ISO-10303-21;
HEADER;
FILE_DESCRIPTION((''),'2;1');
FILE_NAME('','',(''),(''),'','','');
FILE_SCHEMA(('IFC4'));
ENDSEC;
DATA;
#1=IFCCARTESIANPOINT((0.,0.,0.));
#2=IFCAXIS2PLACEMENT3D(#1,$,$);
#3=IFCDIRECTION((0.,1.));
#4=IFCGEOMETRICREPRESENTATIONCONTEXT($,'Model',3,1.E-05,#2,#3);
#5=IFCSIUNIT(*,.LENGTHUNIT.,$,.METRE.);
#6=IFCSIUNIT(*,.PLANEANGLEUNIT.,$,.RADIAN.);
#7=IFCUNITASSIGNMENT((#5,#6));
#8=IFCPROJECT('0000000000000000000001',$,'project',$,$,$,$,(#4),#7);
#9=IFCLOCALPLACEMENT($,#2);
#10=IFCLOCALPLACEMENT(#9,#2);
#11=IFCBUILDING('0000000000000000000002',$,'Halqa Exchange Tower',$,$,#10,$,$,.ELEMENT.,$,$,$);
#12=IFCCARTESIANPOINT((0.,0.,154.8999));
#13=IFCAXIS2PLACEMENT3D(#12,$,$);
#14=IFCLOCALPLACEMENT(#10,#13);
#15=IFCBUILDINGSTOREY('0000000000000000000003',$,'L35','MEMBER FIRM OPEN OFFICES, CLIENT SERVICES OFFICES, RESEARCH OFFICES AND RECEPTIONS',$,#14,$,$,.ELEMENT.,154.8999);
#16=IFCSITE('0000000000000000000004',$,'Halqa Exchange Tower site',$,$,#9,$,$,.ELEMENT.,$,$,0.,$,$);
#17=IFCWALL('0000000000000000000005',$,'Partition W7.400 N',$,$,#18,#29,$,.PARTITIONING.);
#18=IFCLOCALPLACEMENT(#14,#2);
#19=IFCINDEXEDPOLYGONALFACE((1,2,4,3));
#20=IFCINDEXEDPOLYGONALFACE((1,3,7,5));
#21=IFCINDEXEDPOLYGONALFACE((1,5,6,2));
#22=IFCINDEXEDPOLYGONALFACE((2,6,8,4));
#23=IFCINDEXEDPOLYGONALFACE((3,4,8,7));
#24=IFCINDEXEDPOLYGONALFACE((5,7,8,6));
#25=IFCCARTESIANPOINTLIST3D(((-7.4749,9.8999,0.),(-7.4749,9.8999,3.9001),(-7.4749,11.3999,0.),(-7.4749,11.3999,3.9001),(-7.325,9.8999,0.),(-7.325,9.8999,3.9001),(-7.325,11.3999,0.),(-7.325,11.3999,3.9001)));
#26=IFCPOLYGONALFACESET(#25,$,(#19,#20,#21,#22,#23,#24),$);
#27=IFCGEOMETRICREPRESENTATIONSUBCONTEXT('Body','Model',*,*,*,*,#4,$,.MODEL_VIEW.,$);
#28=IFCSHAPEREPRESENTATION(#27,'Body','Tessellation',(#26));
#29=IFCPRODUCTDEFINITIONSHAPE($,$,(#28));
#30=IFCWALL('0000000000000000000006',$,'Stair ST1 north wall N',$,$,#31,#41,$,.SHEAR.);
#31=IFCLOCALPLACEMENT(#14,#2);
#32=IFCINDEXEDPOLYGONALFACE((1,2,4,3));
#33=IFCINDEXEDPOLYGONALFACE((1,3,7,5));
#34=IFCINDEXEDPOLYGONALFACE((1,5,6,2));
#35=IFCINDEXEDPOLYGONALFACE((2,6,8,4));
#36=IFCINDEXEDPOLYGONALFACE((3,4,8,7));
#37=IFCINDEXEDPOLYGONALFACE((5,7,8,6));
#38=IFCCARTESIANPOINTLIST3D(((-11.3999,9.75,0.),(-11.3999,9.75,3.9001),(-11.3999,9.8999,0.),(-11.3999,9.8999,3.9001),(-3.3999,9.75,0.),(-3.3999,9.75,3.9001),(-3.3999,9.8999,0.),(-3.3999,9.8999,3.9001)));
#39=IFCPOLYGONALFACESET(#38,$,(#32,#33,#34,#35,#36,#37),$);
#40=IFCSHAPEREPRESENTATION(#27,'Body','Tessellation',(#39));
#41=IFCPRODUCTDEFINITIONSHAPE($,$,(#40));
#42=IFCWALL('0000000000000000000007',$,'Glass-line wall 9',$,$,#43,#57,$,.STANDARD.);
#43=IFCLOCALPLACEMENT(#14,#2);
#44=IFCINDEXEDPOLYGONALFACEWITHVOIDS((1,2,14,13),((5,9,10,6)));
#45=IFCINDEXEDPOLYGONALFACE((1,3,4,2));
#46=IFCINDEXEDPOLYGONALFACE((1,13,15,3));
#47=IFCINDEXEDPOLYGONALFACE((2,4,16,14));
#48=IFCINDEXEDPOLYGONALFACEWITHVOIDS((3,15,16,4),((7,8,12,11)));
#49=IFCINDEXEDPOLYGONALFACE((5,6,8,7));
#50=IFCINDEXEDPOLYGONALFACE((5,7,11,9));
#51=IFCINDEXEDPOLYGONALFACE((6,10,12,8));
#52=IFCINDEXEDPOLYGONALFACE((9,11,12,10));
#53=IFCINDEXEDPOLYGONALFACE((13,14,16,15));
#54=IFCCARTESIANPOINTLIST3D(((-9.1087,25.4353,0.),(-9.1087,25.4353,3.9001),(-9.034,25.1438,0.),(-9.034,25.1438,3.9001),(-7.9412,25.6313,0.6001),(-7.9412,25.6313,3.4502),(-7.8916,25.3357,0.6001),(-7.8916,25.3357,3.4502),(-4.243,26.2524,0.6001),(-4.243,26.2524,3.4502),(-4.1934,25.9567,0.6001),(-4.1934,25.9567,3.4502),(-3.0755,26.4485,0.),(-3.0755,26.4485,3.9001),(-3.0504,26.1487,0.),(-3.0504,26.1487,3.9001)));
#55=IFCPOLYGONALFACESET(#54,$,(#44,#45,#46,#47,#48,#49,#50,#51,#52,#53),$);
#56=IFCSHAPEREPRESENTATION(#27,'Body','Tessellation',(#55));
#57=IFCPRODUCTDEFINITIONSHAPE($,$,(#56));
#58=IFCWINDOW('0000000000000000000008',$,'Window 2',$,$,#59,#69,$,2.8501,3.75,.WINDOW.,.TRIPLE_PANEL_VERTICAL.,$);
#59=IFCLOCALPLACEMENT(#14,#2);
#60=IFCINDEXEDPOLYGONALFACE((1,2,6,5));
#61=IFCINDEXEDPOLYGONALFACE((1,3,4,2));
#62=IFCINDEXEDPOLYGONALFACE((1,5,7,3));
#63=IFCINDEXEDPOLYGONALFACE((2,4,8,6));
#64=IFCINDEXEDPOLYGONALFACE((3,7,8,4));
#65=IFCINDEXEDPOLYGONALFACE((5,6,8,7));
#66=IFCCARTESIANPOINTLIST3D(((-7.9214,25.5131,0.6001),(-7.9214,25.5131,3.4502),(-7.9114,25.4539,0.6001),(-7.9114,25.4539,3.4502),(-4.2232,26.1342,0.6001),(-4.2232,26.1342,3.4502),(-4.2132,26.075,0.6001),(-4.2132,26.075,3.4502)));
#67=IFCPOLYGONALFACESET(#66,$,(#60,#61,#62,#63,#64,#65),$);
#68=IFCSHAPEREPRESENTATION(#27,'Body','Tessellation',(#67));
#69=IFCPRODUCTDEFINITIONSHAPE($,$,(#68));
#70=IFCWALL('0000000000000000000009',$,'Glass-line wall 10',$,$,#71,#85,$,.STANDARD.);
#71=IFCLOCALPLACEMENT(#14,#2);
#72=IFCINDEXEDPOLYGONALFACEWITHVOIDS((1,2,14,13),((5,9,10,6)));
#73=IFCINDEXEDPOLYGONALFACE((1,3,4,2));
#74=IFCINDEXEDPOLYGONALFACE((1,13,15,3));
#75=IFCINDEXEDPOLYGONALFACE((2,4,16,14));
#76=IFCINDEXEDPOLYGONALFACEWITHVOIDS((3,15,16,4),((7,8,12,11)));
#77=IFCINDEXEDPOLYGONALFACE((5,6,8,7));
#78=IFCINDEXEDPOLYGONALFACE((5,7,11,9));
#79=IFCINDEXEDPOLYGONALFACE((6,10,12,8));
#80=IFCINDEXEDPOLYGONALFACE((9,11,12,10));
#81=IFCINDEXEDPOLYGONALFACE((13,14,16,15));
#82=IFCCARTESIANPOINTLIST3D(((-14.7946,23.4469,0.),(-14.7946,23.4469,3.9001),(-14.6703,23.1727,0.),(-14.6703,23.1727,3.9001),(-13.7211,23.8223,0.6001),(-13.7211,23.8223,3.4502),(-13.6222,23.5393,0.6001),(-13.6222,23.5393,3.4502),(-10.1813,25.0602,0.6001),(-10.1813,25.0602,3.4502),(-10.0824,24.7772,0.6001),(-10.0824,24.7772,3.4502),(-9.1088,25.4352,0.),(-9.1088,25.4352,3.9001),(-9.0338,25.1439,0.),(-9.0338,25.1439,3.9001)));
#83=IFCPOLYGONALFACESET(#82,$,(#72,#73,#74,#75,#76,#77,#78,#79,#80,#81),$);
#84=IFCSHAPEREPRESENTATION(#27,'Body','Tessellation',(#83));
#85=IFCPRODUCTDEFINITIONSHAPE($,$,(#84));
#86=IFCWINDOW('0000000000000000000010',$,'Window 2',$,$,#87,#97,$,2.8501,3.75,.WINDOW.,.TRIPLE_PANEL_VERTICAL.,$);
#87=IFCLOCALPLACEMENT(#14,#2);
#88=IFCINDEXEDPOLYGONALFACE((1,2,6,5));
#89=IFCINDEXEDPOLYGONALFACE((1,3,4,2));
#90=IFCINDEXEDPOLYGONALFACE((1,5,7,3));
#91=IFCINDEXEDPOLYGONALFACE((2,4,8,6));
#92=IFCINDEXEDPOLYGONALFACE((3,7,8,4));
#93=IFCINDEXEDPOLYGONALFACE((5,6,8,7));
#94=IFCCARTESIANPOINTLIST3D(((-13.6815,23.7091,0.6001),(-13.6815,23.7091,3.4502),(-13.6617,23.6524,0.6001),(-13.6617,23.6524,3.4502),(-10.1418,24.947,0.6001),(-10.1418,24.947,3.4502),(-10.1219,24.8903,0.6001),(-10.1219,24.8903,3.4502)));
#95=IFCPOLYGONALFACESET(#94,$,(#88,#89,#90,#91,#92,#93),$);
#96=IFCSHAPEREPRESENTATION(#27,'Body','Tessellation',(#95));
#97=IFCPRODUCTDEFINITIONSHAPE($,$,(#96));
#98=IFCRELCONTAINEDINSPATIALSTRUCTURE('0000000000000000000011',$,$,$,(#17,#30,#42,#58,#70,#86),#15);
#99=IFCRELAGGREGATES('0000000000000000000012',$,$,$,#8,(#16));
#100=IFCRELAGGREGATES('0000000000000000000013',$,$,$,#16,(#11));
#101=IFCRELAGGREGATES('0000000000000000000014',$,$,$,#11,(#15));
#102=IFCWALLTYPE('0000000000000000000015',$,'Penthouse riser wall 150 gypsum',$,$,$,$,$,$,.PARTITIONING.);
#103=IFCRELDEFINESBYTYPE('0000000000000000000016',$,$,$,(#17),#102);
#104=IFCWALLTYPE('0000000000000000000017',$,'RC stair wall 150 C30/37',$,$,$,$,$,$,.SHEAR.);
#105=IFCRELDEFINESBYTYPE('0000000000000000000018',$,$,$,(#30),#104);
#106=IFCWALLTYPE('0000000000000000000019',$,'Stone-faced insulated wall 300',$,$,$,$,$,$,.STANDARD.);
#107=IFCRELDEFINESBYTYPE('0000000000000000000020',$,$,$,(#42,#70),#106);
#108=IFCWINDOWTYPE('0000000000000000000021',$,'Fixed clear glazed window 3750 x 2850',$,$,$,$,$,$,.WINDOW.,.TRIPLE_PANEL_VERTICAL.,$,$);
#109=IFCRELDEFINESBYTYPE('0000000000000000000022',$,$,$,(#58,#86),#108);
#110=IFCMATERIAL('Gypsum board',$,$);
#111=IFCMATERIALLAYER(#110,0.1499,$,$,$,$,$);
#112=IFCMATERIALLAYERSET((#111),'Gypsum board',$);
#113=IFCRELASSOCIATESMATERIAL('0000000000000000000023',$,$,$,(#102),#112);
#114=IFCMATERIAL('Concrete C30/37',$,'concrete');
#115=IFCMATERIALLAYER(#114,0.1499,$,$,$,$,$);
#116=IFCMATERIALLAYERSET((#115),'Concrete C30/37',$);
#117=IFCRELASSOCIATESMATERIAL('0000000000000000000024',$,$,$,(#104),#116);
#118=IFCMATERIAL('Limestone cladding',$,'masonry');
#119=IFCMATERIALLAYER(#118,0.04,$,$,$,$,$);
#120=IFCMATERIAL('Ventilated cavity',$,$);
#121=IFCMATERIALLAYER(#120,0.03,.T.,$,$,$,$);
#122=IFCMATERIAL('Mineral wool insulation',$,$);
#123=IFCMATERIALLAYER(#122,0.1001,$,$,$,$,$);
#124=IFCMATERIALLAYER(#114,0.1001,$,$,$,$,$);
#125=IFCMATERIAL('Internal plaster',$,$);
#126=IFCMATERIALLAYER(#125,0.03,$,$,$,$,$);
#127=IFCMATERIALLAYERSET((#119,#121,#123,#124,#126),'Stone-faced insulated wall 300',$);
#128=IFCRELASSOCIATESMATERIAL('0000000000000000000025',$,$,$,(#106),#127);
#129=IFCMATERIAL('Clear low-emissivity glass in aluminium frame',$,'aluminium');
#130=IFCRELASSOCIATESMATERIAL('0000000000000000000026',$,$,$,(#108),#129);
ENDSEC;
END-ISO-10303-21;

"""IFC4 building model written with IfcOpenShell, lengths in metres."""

from ifc_helpers import new_model, si_unit, direction, frame, frame_2d, origin, place, context, subcontext, project, spatial, polyline, rectangle, outline, extrude, material, layer, layer_set, type_object, element, fill, save


model = new_model("IFC4")

# Units and contexts
model_context = context("Model", 3, precision=1e-05, world=origin(), true_north=direction((0.0, 1.0)))
body_context = subcontext(model_context, "Body", "Model", "MODEL_VIEW")
ifc_project = project(units=[si_unit("LENGTHUNIT", "METRE"), si_unit("PLANEANGLEUNIT", "RADIAN")], contexts=[model_context])

# Site, building, storey
site_placement = place(None, origin())
site = spatial("IfcSite", under=ifc_project, at=site_placement, Name="Halqa Exchange Tower site", CompositionType="ELEMENT", RefElevation=0.0)
building_placement = place(site_placement, origin())
building = spatial("IfcBuilding", under=site, at=building_placement, Name="Halqa Exchange Tower", CompositionType="ELEMENT")
storey_placement = place(building_placement, frame((0.0, 0.0, 154.8999)))
storey = spatial("IfcBuildingStorey", under=building, at=storey_placement, Name="L35", Description="MEMBER FIRM OPEN OFFICES, CLIENT SERVICES OFFICES, RESEARCH OFFICES AND RECEPTIONS", CompositionType="ELEMENT", Elevation=154.8999)

# Shared definitions
ifc_material_1 = material(Name="Gypsum board")

# Walls
ifc_layer_1 = layer(ifc_material_1, 0.1499)
ifc_layer_set_1 = layer_set([ifc_layer_1], Name="Gypsum board")
wall_type_1 = type_object("IfcWallType", Name="Penthouse riser wall 150 gypsum", PredefinedType="PARTITIONING", material=ifc_layer_set_1)
wall_1_placement = place(storey_placement, frame((-7.3999, 9.8999, 0.0), z_axis=(0.0, 0.0, 1.0), x_axis=(0.0, 1.0, 0.0)))
element("IfcWall", 1, at=wall_1_placement, inside=storey, type_object=wall_type_1, Name="Partition W7.400 N", PredefinedType="PARTITIONING", context=body_context, shape_type="SweptSolid", body=[
    extrude(rectangle(XDim=1.5, YDim=0.1499, at=frame_2d((0.75, 0.0))), origin(), (0.0, 0.0, 1.0), 3.9001),
])
ifc_material_2 = material(Name="Concrete C30/37", Category="concrete")
ifc_layer_2 = layer(ifc_material_2, 0.1499)
ifc_layer_set_2 = layer_set([ifc_layer_2], Name="Concrete C30/37")
wall_type_2 = type_object("IfcWallType", Name="RC stair wall 150 C30/37", PredefinedType="SHEAR", material=ifc_layer_set_2)
wall_2_placement = place(storey_placement, frame((-11.3999, 9.825, 0.0), z_axis=(0.0, 0.0, 1.0), x_axis=(1.0, 0.0, 0.0)))
element("IfcWall", 2, at=wall_2_placement, inside=storey, type_object=wall_type_2, Name="Stair ST1 north wall N", PredefinedType="SHEAR", context=body_context, shape_type="SweptSolid", body=[
    extrude(rectangle(XDim=8.0, YDim=0.1499, at=frame_2d((4.0, 0.0))), origin(), (0.0, 0.0, 1.0), 3.9001),
])

# Walls, openings, windows
ifc_material_3 = material(Name="Limestone cladding", Category="masonry")
ifc_layer_3 = layer(ifc_material_3, 0.04)
ifc_material_4 = material(Name="Ventilated cavity")
ifc_layer_4 = layer(ifc_material_4, 0.03, ventilated=True)
ifc_material_5 = material(Name="Mineral wool insulation")
ifc_layer_5 = layer(ifc_material_5, 0.1001)
ifc_layer_6 = layer(ifc_material_2, 0.1001)
ifc_material_6 = material(Name="Internal plaster")
ifc_layer_7 = layer(ifc_material_6, 0.03)
ifc_layer_set_3 = layer_set([ifc_layer_3, ifc_layer_4, ifc_layer_5, ifc_layer_6, ifc_layer_7], Name="Stone-faced insulated wall 300")
wall_type_3 = type_object("IfcWallType", Name="Stone-faced insulated wall 300", PredefinedType="STANDARD", material=ifc_layer_set_3)
wall_3_placement = place(storey_placement, frame((-3.063, 26.2986, 0.0), z_axis=(0.0, 0.0, 1.0), x_axis=(-0.98619, -0.165621, 0.0)))
wall_3 = element("IfcWall", 3, at=wall_3_placement, inside=storey, type_object=wall_type_3, Name="Glass-line wall 9", PredefinedType="STANDARD", context=body_context, shape_type="SweptSolid", body=[
    extrude(outline(polyline([(-0.0125, -0.1499), (6.1052, -0.1499), (6.0798, 0.1499), (0.0125, 0.1499), (-0.0125, -0.1499)])), origin(), (0.0, 0.0, 1.0), 3.9001),
])
opening_1_placement = place(wall_3_placement, frame((1.1714, 0.0, 0.6001)))
opening_1 = element("IfcOpeningElement", 4, at=opening_1_placement, cuts=wall_3, PredefinedType="OPENING", context=body_context, shape_type="SweptSolid", body=[
    extrude(rectangle(XDim=3.75, YDim=2.8501, at=frame_2d((1.875, 1.425))), frame((0.0, 0.1621, 0.0), z_axis=(0.0, -1.0, 0.0), x_axis=(1.0, 0.0, 0.0)), (0.0, 0.0, 1.0), 0.324),
])
ifc_material_7 = material(Name="Clear low-emissivity glass in aluminium frame", Category="aluminium")
window_type = type_object("IfcWindowType", Name="Fixed clear glazed window 3750 x 2850", PartitioningType="TRIPLE_PANEL_VERTICAL", PredefinedType="WINDOW", material=ifc_material_7)
window_1_placement = place(opening_1_placement, origin())
window_1 = element("IfcWindow", 5, at=window_1_placement, inside=storey, type_object=window_type, Name="Window 2", OverallHeight=2.8501, OverallWidth=3.75, PartitioningType="TRIPLE_PANEL_VERTICAL", PredefinedType="WINDOW", context=body_context, shape_type="SweptSolid", body=[
    extrude(rectangle(XDim=3.75, YDim=2.8501, at=frame_2d((1.875, 1.425))), frame((0.0, 0.03, 0.0), z_axis=(0.0, -1.0, 0.0), x_axis=(1.0, 0.0, 0.0)), (0.0, 0.0, 1.0), 0.0601),
])
fill(opening_1, window_1)
wall_4_placement = place(storey_placement, frame((-9.0713, 25.2896, 0.0), z_axis=(0.0, 0.0, 1.0), x_axis=(-0.943945, -0.330104, 0.0)))
wall_4 = element("IfcWall", 6, at=wall_4_placement, inside=storey, type_object=wall_type_3, Name="Glass-line wall 10", PredefinedType="STANDARD", context=body_context, shape_type="SweptSolid", body=[
    extrude(outline(polyline([(-0.0127, -0.1499), (6.0107, -0.1499), (5.9839, 0.1499), (0.0127, 0.1499), (-0.0127, -0.1499)])), origin(), (0.0, 0.0, 1.0), 3.9001),
])
opening_2_placement = place(wall_4_placement, frame((1.1235, 0.0, 0.6001)))
opening_2 = element("IfcOpeningElement", 7, at=opening_2_placement, cuts=wall_4, PredefinedType="OPENING", context=body_context, shape_type="SweptSolid", body=[
    extrude(rectangle(XDim=3.75, YDim=2.8501, at=frame_2d((1.875, 1.425))), frame((0.0, 0.1621, 0.0), z_axis=(0.0, -1.0, 0.0), x_axis=(1.0, 0.0, 0.0)), (0.0, 0.0, 1.0), 0.324),
])
window_2_placement = place(opening_2_placement, origin())
window_2 = element("IfcWindow", 8, at=window_2_placement, inside=storey, type_object=window_type, Name="Window 2", OverallHeight=2.8501, OverallWidth=3.75, PartitioningType="TRIPLE_PANEL_VERTICAL", PredefinedType="WINDOW", context=body_context, shape_type="SweptSolid", body=[
    extrude(rectangle(XDim=3.75, YDim=2.8501, at=frame_2d((1.875, 1.425))), frame((0.0, 0.03, 0.0), z_axis=(0.0, -1.0, 0.0), x_axis=(1.0, 0.0, 0.0)), (0.0, 0.0, 1.0), 0.0601),
])
fill(opening_2, window_2)

save(model, "model.ifc")
